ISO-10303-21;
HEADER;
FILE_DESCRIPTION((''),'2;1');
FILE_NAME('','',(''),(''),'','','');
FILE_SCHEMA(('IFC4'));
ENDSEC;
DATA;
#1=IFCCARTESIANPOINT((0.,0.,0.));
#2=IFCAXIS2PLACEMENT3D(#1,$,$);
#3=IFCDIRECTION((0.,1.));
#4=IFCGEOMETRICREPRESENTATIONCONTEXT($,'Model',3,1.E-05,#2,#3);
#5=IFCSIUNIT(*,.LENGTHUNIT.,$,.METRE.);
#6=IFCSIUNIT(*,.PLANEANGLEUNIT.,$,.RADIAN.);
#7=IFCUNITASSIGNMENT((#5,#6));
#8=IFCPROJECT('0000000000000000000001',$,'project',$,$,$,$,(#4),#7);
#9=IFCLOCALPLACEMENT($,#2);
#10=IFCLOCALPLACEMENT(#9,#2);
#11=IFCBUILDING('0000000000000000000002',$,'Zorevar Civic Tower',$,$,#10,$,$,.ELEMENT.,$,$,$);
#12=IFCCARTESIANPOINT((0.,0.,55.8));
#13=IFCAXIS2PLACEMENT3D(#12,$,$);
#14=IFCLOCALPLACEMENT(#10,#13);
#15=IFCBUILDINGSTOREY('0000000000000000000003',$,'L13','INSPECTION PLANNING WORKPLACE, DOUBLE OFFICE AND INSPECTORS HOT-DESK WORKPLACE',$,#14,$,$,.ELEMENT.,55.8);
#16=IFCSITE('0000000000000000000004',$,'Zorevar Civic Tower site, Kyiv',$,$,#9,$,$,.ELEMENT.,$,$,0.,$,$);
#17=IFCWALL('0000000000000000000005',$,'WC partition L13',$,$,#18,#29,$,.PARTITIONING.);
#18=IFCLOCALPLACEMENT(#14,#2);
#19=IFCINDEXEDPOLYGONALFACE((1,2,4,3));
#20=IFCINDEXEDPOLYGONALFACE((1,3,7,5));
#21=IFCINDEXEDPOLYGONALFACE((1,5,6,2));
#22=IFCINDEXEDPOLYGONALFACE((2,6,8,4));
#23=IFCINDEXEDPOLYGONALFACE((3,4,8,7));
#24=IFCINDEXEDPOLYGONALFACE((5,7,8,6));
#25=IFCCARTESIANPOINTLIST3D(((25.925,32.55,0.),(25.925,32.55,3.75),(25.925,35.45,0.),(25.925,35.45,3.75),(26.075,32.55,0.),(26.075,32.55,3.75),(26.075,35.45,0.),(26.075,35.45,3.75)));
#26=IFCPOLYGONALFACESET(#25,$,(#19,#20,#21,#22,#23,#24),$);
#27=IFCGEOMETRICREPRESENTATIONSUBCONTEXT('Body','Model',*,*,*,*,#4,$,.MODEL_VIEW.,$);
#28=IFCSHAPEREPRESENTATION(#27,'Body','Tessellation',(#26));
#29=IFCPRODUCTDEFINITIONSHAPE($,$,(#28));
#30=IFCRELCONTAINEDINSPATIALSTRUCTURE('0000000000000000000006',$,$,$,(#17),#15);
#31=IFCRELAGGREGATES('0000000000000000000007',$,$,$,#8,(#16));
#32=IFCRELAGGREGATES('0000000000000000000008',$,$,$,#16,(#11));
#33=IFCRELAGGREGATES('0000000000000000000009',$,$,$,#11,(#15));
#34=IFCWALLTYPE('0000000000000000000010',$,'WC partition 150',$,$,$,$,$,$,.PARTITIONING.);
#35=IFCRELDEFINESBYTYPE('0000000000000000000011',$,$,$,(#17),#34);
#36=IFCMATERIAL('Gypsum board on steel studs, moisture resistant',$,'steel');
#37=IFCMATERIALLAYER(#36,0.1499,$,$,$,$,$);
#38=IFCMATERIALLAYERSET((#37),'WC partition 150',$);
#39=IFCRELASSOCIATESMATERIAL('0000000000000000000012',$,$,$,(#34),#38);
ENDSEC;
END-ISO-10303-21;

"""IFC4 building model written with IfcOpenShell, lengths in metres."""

from ifc_helpers import new_model, si_unit, direction, frame, frame_2d, origin, place, context, subcontext, project, spatial, rectangle, extrude, material, layer, layer_set, type_object, element, save


model = new_model("IFC4")

# Units and contexts
model_context = context("Model", 3, precision=1e-05, world=origin(), true_north=direction((0.0, 1.0)))
body_context = subcontext(model_context, "Body", "Model", "MODEL_VIEW")
ifc_project = project(units=[si_unit("LENGTHUNIT", "METRE"), si_unit("PLANEANGLEUNIT", "RADIAN")], contexts=[model_context])

# Site, building, storey
site_placement = place(None, origin())
site = spatial("IfcSite", under=ifc_project, at=site_placement, Name="Zorevar Civic Tower site, Kyiv", CompositionType="ELEMENT", RefElevation=0.0)
building_placement = place(site_placement, origin())
building = spatial("IfcBuilding", under=site, at=building_placement, Name="Zorevar Civic Tower", CompositionType="ELEMENT")
storey_placement = place(building_placement, frame((0.0, 0.0, 55.8)))
storey = spatial("IfcBuildingStorey", under=building, at=storey_placement, Name="L13", Description="INSPECTION PLANNING WORKPLACE, DOUBLE OFFICE AND INSPECTORS HOT-DESK WORKPLACE", CompositionType="ELEMENT", Elevation=55.8)

# Wall
ifc_material_1 = material(Name="Gypsum board on steel studs, moisture resistant", Category="steel")
ifc_layer_1 = layer(ifc_material_1, 0.1499)
ifc_layer_set_1 = layer_set([ifc_layer_1], Name="WC partition 150")
wall_type_1 = type_object("IfcWallType", Name="WC partition 150", PredefinedType="PARTITIONING", material=ifc_layer_set_1)
wall_1_placement = place(storey_placement, frame((26.0, 32.55, 0.0), z_axis=(0.0, 0.0, 1.0), x_axis=(0.0, 1.0, 0.0)))
element("IfcWall", 1, at=wall_1_placement, inside=storey, type_object=wall_type_1, Name="WC partition L13", PredefinedType="PARTITIONING", context=body_context, shape_type="SweptSolid", body=[
    extrude(rectangle(XDim=2.8999, YDim=0.1499, at=frame_2d((1.45, 0.0))), origin(), (0.0, 0.0, 1.0), 3.75),
])

save(model, "model.ifc")
